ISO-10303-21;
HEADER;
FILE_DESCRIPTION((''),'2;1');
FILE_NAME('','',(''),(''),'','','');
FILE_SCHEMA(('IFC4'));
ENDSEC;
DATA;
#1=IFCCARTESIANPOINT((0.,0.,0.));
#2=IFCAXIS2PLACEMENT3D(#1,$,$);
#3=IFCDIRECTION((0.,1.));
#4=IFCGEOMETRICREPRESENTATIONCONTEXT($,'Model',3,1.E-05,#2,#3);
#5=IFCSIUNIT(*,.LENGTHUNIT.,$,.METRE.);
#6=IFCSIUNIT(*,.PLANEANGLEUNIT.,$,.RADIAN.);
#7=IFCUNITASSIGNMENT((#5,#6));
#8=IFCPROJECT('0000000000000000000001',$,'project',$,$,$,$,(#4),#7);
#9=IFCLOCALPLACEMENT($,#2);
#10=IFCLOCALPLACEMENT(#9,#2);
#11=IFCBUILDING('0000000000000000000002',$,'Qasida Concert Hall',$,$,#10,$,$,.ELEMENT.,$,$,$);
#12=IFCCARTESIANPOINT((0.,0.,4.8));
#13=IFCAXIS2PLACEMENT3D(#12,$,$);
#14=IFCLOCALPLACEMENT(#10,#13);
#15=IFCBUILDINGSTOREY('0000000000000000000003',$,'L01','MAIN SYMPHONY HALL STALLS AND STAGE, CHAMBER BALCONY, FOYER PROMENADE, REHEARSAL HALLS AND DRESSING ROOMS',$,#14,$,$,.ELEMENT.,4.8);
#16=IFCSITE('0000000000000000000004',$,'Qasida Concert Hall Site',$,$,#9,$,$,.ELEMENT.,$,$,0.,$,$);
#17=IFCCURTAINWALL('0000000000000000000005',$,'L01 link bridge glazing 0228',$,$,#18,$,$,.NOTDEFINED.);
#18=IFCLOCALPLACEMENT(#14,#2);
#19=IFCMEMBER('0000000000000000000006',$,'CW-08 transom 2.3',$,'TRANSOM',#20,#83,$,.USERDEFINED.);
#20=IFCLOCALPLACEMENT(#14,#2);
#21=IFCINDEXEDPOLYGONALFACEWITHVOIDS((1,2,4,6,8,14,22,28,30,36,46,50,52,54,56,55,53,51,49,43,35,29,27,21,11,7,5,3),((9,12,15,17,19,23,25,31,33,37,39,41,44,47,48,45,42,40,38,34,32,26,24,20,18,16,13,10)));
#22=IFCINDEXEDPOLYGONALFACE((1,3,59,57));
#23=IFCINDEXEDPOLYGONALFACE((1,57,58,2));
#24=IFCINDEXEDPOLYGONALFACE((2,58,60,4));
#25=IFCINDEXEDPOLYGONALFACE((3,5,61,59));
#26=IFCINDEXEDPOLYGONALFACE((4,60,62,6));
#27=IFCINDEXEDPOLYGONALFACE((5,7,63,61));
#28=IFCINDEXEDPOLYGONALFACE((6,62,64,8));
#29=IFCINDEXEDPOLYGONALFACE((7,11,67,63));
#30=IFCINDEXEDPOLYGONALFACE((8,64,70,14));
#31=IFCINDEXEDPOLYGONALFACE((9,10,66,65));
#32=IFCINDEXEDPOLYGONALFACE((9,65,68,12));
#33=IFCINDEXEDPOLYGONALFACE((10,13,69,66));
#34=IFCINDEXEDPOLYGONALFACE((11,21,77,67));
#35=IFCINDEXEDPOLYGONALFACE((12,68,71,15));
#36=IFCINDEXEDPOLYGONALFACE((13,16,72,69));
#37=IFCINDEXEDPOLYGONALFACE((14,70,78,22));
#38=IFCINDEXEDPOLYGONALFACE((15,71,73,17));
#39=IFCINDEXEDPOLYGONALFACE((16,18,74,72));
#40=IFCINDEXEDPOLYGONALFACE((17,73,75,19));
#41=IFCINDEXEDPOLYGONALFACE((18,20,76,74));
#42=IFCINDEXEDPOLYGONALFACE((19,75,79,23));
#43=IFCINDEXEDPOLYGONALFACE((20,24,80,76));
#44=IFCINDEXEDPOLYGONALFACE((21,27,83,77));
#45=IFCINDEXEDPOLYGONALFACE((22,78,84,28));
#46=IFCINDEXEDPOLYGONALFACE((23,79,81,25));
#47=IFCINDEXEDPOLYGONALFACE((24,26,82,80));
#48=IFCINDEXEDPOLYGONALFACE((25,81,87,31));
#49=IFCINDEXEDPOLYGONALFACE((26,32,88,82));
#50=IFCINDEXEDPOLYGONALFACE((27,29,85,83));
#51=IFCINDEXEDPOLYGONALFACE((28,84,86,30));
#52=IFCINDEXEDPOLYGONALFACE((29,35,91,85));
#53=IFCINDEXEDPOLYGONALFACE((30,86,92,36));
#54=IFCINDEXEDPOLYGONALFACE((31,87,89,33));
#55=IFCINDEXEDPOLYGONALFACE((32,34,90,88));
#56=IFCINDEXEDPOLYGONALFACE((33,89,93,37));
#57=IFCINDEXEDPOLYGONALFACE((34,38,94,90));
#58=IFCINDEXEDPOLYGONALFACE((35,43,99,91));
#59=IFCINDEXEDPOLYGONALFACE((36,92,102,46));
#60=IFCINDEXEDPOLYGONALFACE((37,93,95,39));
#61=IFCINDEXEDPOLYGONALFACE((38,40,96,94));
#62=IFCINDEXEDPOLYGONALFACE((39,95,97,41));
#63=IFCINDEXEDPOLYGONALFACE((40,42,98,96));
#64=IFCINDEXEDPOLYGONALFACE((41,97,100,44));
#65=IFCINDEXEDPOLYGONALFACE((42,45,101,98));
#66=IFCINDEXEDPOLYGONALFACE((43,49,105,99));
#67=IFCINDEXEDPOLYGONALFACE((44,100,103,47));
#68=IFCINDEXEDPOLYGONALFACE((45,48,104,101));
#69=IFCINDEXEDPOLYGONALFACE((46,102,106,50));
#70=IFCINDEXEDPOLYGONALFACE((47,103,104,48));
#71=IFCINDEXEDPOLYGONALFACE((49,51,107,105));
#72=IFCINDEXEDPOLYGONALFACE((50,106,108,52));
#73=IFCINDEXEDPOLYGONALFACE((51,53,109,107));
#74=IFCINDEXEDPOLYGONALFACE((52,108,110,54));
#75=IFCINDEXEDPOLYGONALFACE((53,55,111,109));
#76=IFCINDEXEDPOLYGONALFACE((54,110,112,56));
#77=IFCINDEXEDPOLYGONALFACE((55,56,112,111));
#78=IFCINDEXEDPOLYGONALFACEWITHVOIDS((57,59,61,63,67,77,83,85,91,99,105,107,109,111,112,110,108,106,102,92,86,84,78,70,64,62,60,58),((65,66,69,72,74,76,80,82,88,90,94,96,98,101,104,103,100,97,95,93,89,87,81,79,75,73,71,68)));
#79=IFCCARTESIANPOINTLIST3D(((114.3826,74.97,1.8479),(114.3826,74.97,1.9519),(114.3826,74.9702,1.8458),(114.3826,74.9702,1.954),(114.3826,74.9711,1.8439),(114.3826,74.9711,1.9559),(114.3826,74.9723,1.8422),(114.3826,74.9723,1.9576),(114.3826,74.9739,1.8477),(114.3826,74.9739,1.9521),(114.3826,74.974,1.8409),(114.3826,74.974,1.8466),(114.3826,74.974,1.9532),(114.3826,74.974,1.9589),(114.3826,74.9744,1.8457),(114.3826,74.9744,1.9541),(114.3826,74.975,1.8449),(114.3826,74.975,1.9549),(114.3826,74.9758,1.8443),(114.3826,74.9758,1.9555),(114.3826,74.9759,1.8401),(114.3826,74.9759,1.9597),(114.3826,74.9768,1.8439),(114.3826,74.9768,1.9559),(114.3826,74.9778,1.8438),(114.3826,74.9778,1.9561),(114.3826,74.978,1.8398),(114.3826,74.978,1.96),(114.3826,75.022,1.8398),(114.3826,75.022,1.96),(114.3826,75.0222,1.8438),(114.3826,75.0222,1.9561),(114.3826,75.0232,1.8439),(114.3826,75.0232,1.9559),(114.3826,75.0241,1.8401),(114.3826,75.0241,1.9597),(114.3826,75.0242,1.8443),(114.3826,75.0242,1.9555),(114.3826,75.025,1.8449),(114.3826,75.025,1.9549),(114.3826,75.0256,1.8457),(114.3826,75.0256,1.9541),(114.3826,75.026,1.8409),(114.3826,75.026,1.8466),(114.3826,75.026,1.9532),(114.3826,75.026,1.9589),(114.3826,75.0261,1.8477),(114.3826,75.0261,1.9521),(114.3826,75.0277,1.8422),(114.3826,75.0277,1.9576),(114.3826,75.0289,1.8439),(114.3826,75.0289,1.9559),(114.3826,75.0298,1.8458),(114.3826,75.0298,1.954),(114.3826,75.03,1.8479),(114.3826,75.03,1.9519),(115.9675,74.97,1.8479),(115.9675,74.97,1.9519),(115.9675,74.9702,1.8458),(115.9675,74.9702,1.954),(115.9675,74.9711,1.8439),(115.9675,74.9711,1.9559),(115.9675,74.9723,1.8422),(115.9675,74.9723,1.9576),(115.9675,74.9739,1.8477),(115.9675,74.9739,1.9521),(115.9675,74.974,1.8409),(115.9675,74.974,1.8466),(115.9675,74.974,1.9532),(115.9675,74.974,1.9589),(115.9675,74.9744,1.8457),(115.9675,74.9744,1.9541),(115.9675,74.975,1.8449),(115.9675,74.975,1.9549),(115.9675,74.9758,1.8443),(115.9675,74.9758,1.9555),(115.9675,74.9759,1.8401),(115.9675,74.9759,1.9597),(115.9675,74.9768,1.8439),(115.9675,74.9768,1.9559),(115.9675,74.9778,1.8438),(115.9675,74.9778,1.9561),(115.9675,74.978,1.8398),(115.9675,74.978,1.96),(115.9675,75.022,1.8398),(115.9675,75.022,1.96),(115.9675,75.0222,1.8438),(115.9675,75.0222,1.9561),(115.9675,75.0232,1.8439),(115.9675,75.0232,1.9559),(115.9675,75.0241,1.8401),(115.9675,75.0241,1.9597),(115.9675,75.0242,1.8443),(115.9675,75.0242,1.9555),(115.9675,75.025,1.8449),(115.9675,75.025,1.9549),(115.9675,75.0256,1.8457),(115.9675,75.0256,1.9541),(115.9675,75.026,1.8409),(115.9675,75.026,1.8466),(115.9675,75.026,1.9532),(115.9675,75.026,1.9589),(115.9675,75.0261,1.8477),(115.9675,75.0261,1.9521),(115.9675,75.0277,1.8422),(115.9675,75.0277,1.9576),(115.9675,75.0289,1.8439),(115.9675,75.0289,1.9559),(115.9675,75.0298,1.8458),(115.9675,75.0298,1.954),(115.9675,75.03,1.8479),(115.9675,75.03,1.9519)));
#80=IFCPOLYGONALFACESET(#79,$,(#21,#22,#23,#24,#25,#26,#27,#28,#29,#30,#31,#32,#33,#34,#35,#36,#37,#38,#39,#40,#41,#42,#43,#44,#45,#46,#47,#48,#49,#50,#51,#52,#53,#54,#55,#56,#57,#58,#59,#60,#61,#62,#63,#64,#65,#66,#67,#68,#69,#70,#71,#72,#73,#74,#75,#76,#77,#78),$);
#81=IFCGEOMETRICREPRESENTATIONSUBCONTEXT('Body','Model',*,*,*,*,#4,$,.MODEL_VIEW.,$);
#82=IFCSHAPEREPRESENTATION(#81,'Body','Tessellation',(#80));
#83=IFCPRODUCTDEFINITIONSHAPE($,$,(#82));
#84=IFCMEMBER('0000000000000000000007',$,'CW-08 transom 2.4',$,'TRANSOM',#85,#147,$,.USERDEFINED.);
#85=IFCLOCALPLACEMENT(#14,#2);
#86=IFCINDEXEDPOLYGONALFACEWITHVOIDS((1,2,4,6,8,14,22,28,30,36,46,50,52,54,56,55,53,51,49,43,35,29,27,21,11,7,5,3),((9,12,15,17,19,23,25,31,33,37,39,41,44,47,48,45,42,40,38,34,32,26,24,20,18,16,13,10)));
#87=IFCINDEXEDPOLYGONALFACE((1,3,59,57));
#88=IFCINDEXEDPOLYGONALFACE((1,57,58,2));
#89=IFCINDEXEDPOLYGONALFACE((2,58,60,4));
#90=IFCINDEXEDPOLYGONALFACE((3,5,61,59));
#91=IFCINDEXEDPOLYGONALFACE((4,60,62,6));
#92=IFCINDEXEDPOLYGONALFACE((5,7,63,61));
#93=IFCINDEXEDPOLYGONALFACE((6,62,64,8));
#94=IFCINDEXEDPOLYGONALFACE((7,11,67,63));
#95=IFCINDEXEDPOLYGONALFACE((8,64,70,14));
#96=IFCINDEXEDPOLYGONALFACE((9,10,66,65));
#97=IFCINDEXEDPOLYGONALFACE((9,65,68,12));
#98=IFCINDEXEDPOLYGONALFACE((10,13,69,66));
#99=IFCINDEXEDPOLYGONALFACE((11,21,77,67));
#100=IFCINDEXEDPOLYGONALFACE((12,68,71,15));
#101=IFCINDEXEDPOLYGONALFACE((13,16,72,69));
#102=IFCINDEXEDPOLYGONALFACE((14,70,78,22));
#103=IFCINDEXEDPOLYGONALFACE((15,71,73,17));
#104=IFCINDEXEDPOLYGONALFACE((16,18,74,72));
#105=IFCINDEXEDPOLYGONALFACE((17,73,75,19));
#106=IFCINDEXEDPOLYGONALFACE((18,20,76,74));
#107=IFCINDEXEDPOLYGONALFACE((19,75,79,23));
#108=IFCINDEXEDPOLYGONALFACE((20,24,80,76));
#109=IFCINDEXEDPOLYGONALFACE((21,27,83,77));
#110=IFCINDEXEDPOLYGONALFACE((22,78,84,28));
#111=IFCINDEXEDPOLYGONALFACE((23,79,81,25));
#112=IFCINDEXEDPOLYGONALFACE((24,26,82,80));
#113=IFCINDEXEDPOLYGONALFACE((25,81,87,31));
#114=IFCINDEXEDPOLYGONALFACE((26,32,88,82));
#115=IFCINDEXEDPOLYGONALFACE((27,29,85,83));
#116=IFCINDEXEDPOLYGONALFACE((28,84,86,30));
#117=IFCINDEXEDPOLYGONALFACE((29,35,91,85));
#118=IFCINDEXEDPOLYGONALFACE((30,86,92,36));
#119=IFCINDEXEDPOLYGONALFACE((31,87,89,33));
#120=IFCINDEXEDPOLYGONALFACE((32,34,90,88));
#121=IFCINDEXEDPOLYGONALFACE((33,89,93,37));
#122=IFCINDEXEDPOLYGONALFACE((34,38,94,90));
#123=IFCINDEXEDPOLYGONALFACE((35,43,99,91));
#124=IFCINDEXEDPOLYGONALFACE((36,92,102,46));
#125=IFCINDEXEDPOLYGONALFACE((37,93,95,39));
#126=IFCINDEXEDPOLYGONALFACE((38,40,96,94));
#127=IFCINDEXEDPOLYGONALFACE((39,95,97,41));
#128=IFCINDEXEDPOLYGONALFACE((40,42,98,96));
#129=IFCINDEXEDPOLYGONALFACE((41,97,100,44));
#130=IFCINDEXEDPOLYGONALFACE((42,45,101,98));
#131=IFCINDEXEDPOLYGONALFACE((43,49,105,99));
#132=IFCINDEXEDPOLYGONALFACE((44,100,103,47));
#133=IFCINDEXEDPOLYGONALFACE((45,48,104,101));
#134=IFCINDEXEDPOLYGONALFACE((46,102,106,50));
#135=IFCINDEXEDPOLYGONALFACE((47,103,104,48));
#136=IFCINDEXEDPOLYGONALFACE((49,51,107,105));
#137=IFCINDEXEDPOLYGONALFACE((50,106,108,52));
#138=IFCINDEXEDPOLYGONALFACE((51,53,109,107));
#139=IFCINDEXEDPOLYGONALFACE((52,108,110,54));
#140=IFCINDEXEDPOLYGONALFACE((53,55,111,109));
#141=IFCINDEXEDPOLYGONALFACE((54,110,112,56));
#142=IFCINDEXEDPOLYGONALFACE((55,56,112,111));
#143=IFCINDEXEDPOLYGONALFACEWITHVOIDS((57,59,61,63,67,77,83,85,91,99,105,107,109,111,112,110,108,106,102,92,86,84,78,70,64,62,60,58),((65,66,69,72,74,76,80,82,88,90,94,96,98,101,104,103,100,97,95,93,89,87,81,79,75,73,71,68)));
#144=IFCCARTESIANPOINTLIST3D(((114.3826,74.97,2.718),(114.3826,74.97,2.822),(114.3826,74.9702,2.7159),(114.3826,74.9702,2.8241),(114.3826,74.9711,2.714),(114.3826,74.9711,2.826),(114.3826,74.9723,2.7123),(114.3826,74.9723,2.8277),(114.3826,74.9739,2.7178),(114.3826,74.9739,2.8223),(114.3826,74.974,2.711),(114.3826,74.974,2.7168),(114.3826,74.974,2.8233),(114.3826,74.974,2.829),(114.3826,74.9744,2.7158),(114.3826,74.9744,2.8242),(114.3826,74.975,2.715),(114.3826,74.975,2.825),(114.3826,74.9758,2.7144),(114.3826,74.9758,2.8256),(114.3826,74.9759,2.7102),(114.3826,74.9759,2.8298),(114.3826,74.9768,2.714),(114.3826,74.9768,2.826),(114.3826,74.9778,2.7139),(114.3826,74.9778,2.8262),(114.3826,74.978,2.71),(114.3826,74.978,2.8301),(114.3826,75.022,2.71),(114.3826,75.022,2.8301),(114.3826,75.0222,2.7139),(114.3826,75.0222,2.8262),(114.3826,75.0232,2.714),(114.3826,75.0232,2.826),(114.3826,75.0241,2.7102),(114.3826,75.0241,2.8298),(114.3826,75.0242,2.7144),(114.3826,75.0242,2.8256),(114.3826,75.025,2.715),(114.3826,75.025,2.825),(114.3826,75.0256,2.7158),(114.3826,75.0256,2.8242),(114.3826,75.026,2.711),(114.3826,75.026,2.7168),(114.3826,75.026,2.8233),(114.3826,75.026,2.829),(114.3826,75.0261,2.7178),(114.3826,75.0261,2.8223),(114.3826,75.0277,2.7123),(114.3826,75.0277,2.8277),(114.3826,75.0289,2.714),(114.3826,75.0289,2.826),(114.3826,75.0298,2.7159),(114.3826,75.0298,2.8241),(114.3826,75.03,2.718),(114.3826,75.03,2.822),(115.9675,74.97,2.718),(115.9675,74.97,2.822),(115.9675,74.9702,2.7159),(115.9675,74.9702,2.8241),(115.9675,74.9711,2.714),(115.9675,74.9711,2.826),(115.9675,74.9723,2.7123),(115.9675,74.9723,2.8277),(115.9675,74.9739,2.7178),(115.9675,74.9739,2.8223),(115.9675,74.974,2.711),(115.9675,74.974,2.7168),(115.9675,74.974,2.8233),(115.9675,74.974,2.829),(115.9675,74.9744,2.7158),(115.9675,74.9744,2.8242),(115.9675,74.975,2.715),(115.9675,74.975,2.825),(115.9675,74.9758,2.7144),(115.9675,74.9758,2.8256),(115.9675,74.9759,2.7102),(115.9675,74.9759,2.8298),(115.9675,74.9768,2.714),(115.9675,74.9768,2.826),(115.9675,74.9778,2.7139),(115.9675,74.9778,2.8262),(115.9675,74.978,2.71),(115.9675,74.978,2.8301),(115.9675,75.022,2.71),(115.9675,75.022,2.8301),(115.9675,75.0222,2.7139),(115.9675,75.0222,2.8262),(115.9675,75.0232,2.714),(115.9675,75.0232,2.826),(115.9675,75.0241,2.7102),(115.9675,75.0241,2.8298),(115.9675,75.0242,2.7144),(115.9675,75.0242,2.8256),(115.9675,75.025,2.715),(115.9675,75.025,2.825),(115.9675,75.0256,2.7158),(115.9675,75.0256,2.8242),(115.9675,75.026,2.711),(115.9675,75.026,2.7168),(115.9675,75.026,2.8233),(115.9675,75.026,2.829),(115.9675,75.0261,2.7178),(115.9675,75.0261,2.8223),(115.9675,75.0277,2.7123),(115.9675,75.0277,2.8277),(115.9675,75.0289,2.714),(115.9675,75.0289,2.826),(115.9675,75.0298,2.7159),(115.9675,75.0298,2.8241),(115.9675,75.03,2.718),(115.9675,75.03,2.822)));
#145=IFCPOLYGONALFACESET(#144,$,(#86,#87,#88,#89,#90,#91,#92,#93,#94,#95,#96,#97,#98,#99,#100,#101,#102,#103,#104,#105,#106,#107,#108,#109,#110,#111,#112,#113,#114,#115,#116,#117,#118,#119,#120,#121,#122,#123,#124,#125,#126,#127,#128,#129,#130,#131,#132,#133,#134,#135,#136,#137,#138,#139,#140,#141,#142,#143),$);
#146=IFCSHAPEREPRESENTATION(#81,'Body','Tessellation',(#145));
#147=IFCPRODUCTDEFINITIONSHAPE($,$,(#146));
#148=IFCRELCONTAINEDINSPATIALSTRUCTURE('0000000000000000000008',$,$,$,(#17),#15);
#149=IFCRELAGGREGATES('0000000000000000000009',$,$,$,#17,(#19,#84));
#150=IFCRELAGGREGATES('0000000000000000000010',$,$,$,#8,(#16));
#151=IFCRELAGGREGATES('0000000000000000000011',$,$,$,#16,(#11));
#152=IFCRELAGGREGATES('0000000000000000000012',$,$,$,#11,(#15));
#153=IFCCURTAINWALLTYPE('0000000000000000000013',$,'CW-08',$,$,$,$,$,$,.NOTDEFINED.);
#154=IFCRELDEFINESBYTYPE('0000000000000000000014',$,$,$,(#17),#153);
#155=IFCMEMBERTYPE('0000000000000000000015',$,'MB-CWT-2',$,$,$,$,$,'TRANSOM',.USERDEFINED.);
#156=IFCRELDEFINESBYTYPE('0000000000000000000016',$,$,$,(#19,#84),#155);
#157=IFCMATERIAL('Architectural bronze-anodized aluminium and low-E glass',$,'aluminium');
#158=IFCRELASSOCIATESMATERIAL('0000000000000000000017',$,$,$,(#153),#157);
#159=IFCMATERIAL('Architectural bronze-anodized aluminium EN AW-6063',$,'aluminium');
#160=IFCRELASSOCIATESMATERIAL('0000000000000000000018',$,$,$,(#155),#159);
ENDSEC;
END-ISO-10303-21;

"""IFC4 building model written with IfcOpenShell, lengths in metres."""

from ifc_helpers import new_model, si_unit, direction, frame, origin, origin_2d, place, context, subcontext, project, spatial, hollow_rectangle, extrude, material, material_profile, profile_set, type_object, element, aggregate, save


model = new_model("IFC4")

# Units and contexts
model_context = context("Model", 3, precision=1e-05, world=origin(), true_north=direction((0.0, 1.0)))
body_context = subcontext(model_context, "Body", "Model", "MODEL_VIEW")
ifc_project = project(units=[si_unit("LENGTHUNIT", "METRE"), si_unit("PLANEANGLEUNIT", "RADIAN")], contexts=[model_context])

# Site, building, storey
site_placement = place(None, origin())
site = spatial("IfcSite", under=ifc_project, at=site_placement, Name="Qasida Concert Hall Site", CompositionType="ELEMENT", RefElevation=0.0)
building_placement = place(site_placement, origin())
building = spatial("IfcBuilding", under=site, at=building_placement, Name="Qasida Concert Hall", CompositionType="ELEMENT")
storey_placement = place(building_placement, frame((0.0, 0.0, 4.8)))
storey = spatial("IfcBuildingStorey", under=building, at=storey_placement, Name="L01", Description="MAIN SYMPHONY HALL STALLS AND STAGE, CHAMBER BALCONY, FOYER PROMENADE, REHEARSAL HALLS AND DRESSING ROOMS", CompositionType="ELEMENT", Elevation=4.8)

# Curtain wall, members
ifc_material_1 = material(Name="Architectural bronze-anodized aluminium and low-E glass", Category="aluminium")
curtain_wall_type = type_object("IfcCurtainWallType", Name="CW-08", PredefinedType="NOTDEFINED", material=ifc_material_1)
curtain_wall_placement = place(storey_placement, origin())
curtain_wall = element("IfcCurtainWall", 1, at=curtain_wall_placement, inside=storey, type_object=curtain_wall_type, Name="L01 link bridge glazing 0228", PredefinedType="NOTDEFINED")
ifc_material_2 = material(Name="Architectural bronze-anodized aluminium EN AW-6063", Category="aluminium")
ifc_material_profile_1 = material_profile(ifc_material_2, hollow_rectangle(XDim=0.0601, YDim=0.1201, WallThickness=0.0039, InnerFilletRadius=0.0039, OuterFilletRadius=0.0081, at=origin_2d()), Name="CWT 120x60x4")
ifc_profile_set_1 = profile_set([ifc_material_profile_1], Name="Architectural bronze-anodized aluminium EN AW-6063")
member_type_1 = type_object("IfcMemberType", Name="MB-CWT-2", ElementType="TRANSOM", PredefinedType="USERDEFINED", material=ifc_profile_set_1)
member_1_placement = place(storey_placement, frame((114.3826, 75.0, 1.8999), z_axis=(1.0, 0.0, 0.0), x_axis=(0.0, 1.0, 0.0)))
member_1 = element("IfcMember", 2, at=member_1_placement, type_object=member_type_1, Name="CW-08 transom 2.3", ObjectType="TRANSOM", PredefinedType="USERDEFINED", context=body_context, shape_type="SweptSolid", body=[
    extrude(hollow_rectangle(XDim=0.0601, YDim=0.1201, WallThickness=0.0039, InnerFilletRadius=0.0039, OuterFilletRadius=0.0081, at=origin_2d()), origin(), (0.0, 0.0, 1.0), 1.585),
])
member_2_placement = place(storey_placement, frame((114.3826, 75.0, 2.77), z_axis=(1.0, 0.0, 0.0), x_axis=(0.0, 1.0, 0.0)))
member_2 = element("IfcMember", 3, at=member_2_placement, type_object=member_type_1, Name="CW-08 transom 2.4", ObjectType="TRANSOM", PredefinedType="USERDEFINED", context=body_context, shape_type="SweptSolid", body=[
    extrude(hollow_rectangle(XDim=0.0601, YDim=0.1201, WallThickness=0.0039, InnerFilletRadius=0.0039, OuterFilletRadius=0.0081, at=origin_2d()), origin(), (0.0, 0.0, 1.0), 1.585),
])
aggregate(curtain_wall, [member_1, member_2])

save(model, "model.ifc")
